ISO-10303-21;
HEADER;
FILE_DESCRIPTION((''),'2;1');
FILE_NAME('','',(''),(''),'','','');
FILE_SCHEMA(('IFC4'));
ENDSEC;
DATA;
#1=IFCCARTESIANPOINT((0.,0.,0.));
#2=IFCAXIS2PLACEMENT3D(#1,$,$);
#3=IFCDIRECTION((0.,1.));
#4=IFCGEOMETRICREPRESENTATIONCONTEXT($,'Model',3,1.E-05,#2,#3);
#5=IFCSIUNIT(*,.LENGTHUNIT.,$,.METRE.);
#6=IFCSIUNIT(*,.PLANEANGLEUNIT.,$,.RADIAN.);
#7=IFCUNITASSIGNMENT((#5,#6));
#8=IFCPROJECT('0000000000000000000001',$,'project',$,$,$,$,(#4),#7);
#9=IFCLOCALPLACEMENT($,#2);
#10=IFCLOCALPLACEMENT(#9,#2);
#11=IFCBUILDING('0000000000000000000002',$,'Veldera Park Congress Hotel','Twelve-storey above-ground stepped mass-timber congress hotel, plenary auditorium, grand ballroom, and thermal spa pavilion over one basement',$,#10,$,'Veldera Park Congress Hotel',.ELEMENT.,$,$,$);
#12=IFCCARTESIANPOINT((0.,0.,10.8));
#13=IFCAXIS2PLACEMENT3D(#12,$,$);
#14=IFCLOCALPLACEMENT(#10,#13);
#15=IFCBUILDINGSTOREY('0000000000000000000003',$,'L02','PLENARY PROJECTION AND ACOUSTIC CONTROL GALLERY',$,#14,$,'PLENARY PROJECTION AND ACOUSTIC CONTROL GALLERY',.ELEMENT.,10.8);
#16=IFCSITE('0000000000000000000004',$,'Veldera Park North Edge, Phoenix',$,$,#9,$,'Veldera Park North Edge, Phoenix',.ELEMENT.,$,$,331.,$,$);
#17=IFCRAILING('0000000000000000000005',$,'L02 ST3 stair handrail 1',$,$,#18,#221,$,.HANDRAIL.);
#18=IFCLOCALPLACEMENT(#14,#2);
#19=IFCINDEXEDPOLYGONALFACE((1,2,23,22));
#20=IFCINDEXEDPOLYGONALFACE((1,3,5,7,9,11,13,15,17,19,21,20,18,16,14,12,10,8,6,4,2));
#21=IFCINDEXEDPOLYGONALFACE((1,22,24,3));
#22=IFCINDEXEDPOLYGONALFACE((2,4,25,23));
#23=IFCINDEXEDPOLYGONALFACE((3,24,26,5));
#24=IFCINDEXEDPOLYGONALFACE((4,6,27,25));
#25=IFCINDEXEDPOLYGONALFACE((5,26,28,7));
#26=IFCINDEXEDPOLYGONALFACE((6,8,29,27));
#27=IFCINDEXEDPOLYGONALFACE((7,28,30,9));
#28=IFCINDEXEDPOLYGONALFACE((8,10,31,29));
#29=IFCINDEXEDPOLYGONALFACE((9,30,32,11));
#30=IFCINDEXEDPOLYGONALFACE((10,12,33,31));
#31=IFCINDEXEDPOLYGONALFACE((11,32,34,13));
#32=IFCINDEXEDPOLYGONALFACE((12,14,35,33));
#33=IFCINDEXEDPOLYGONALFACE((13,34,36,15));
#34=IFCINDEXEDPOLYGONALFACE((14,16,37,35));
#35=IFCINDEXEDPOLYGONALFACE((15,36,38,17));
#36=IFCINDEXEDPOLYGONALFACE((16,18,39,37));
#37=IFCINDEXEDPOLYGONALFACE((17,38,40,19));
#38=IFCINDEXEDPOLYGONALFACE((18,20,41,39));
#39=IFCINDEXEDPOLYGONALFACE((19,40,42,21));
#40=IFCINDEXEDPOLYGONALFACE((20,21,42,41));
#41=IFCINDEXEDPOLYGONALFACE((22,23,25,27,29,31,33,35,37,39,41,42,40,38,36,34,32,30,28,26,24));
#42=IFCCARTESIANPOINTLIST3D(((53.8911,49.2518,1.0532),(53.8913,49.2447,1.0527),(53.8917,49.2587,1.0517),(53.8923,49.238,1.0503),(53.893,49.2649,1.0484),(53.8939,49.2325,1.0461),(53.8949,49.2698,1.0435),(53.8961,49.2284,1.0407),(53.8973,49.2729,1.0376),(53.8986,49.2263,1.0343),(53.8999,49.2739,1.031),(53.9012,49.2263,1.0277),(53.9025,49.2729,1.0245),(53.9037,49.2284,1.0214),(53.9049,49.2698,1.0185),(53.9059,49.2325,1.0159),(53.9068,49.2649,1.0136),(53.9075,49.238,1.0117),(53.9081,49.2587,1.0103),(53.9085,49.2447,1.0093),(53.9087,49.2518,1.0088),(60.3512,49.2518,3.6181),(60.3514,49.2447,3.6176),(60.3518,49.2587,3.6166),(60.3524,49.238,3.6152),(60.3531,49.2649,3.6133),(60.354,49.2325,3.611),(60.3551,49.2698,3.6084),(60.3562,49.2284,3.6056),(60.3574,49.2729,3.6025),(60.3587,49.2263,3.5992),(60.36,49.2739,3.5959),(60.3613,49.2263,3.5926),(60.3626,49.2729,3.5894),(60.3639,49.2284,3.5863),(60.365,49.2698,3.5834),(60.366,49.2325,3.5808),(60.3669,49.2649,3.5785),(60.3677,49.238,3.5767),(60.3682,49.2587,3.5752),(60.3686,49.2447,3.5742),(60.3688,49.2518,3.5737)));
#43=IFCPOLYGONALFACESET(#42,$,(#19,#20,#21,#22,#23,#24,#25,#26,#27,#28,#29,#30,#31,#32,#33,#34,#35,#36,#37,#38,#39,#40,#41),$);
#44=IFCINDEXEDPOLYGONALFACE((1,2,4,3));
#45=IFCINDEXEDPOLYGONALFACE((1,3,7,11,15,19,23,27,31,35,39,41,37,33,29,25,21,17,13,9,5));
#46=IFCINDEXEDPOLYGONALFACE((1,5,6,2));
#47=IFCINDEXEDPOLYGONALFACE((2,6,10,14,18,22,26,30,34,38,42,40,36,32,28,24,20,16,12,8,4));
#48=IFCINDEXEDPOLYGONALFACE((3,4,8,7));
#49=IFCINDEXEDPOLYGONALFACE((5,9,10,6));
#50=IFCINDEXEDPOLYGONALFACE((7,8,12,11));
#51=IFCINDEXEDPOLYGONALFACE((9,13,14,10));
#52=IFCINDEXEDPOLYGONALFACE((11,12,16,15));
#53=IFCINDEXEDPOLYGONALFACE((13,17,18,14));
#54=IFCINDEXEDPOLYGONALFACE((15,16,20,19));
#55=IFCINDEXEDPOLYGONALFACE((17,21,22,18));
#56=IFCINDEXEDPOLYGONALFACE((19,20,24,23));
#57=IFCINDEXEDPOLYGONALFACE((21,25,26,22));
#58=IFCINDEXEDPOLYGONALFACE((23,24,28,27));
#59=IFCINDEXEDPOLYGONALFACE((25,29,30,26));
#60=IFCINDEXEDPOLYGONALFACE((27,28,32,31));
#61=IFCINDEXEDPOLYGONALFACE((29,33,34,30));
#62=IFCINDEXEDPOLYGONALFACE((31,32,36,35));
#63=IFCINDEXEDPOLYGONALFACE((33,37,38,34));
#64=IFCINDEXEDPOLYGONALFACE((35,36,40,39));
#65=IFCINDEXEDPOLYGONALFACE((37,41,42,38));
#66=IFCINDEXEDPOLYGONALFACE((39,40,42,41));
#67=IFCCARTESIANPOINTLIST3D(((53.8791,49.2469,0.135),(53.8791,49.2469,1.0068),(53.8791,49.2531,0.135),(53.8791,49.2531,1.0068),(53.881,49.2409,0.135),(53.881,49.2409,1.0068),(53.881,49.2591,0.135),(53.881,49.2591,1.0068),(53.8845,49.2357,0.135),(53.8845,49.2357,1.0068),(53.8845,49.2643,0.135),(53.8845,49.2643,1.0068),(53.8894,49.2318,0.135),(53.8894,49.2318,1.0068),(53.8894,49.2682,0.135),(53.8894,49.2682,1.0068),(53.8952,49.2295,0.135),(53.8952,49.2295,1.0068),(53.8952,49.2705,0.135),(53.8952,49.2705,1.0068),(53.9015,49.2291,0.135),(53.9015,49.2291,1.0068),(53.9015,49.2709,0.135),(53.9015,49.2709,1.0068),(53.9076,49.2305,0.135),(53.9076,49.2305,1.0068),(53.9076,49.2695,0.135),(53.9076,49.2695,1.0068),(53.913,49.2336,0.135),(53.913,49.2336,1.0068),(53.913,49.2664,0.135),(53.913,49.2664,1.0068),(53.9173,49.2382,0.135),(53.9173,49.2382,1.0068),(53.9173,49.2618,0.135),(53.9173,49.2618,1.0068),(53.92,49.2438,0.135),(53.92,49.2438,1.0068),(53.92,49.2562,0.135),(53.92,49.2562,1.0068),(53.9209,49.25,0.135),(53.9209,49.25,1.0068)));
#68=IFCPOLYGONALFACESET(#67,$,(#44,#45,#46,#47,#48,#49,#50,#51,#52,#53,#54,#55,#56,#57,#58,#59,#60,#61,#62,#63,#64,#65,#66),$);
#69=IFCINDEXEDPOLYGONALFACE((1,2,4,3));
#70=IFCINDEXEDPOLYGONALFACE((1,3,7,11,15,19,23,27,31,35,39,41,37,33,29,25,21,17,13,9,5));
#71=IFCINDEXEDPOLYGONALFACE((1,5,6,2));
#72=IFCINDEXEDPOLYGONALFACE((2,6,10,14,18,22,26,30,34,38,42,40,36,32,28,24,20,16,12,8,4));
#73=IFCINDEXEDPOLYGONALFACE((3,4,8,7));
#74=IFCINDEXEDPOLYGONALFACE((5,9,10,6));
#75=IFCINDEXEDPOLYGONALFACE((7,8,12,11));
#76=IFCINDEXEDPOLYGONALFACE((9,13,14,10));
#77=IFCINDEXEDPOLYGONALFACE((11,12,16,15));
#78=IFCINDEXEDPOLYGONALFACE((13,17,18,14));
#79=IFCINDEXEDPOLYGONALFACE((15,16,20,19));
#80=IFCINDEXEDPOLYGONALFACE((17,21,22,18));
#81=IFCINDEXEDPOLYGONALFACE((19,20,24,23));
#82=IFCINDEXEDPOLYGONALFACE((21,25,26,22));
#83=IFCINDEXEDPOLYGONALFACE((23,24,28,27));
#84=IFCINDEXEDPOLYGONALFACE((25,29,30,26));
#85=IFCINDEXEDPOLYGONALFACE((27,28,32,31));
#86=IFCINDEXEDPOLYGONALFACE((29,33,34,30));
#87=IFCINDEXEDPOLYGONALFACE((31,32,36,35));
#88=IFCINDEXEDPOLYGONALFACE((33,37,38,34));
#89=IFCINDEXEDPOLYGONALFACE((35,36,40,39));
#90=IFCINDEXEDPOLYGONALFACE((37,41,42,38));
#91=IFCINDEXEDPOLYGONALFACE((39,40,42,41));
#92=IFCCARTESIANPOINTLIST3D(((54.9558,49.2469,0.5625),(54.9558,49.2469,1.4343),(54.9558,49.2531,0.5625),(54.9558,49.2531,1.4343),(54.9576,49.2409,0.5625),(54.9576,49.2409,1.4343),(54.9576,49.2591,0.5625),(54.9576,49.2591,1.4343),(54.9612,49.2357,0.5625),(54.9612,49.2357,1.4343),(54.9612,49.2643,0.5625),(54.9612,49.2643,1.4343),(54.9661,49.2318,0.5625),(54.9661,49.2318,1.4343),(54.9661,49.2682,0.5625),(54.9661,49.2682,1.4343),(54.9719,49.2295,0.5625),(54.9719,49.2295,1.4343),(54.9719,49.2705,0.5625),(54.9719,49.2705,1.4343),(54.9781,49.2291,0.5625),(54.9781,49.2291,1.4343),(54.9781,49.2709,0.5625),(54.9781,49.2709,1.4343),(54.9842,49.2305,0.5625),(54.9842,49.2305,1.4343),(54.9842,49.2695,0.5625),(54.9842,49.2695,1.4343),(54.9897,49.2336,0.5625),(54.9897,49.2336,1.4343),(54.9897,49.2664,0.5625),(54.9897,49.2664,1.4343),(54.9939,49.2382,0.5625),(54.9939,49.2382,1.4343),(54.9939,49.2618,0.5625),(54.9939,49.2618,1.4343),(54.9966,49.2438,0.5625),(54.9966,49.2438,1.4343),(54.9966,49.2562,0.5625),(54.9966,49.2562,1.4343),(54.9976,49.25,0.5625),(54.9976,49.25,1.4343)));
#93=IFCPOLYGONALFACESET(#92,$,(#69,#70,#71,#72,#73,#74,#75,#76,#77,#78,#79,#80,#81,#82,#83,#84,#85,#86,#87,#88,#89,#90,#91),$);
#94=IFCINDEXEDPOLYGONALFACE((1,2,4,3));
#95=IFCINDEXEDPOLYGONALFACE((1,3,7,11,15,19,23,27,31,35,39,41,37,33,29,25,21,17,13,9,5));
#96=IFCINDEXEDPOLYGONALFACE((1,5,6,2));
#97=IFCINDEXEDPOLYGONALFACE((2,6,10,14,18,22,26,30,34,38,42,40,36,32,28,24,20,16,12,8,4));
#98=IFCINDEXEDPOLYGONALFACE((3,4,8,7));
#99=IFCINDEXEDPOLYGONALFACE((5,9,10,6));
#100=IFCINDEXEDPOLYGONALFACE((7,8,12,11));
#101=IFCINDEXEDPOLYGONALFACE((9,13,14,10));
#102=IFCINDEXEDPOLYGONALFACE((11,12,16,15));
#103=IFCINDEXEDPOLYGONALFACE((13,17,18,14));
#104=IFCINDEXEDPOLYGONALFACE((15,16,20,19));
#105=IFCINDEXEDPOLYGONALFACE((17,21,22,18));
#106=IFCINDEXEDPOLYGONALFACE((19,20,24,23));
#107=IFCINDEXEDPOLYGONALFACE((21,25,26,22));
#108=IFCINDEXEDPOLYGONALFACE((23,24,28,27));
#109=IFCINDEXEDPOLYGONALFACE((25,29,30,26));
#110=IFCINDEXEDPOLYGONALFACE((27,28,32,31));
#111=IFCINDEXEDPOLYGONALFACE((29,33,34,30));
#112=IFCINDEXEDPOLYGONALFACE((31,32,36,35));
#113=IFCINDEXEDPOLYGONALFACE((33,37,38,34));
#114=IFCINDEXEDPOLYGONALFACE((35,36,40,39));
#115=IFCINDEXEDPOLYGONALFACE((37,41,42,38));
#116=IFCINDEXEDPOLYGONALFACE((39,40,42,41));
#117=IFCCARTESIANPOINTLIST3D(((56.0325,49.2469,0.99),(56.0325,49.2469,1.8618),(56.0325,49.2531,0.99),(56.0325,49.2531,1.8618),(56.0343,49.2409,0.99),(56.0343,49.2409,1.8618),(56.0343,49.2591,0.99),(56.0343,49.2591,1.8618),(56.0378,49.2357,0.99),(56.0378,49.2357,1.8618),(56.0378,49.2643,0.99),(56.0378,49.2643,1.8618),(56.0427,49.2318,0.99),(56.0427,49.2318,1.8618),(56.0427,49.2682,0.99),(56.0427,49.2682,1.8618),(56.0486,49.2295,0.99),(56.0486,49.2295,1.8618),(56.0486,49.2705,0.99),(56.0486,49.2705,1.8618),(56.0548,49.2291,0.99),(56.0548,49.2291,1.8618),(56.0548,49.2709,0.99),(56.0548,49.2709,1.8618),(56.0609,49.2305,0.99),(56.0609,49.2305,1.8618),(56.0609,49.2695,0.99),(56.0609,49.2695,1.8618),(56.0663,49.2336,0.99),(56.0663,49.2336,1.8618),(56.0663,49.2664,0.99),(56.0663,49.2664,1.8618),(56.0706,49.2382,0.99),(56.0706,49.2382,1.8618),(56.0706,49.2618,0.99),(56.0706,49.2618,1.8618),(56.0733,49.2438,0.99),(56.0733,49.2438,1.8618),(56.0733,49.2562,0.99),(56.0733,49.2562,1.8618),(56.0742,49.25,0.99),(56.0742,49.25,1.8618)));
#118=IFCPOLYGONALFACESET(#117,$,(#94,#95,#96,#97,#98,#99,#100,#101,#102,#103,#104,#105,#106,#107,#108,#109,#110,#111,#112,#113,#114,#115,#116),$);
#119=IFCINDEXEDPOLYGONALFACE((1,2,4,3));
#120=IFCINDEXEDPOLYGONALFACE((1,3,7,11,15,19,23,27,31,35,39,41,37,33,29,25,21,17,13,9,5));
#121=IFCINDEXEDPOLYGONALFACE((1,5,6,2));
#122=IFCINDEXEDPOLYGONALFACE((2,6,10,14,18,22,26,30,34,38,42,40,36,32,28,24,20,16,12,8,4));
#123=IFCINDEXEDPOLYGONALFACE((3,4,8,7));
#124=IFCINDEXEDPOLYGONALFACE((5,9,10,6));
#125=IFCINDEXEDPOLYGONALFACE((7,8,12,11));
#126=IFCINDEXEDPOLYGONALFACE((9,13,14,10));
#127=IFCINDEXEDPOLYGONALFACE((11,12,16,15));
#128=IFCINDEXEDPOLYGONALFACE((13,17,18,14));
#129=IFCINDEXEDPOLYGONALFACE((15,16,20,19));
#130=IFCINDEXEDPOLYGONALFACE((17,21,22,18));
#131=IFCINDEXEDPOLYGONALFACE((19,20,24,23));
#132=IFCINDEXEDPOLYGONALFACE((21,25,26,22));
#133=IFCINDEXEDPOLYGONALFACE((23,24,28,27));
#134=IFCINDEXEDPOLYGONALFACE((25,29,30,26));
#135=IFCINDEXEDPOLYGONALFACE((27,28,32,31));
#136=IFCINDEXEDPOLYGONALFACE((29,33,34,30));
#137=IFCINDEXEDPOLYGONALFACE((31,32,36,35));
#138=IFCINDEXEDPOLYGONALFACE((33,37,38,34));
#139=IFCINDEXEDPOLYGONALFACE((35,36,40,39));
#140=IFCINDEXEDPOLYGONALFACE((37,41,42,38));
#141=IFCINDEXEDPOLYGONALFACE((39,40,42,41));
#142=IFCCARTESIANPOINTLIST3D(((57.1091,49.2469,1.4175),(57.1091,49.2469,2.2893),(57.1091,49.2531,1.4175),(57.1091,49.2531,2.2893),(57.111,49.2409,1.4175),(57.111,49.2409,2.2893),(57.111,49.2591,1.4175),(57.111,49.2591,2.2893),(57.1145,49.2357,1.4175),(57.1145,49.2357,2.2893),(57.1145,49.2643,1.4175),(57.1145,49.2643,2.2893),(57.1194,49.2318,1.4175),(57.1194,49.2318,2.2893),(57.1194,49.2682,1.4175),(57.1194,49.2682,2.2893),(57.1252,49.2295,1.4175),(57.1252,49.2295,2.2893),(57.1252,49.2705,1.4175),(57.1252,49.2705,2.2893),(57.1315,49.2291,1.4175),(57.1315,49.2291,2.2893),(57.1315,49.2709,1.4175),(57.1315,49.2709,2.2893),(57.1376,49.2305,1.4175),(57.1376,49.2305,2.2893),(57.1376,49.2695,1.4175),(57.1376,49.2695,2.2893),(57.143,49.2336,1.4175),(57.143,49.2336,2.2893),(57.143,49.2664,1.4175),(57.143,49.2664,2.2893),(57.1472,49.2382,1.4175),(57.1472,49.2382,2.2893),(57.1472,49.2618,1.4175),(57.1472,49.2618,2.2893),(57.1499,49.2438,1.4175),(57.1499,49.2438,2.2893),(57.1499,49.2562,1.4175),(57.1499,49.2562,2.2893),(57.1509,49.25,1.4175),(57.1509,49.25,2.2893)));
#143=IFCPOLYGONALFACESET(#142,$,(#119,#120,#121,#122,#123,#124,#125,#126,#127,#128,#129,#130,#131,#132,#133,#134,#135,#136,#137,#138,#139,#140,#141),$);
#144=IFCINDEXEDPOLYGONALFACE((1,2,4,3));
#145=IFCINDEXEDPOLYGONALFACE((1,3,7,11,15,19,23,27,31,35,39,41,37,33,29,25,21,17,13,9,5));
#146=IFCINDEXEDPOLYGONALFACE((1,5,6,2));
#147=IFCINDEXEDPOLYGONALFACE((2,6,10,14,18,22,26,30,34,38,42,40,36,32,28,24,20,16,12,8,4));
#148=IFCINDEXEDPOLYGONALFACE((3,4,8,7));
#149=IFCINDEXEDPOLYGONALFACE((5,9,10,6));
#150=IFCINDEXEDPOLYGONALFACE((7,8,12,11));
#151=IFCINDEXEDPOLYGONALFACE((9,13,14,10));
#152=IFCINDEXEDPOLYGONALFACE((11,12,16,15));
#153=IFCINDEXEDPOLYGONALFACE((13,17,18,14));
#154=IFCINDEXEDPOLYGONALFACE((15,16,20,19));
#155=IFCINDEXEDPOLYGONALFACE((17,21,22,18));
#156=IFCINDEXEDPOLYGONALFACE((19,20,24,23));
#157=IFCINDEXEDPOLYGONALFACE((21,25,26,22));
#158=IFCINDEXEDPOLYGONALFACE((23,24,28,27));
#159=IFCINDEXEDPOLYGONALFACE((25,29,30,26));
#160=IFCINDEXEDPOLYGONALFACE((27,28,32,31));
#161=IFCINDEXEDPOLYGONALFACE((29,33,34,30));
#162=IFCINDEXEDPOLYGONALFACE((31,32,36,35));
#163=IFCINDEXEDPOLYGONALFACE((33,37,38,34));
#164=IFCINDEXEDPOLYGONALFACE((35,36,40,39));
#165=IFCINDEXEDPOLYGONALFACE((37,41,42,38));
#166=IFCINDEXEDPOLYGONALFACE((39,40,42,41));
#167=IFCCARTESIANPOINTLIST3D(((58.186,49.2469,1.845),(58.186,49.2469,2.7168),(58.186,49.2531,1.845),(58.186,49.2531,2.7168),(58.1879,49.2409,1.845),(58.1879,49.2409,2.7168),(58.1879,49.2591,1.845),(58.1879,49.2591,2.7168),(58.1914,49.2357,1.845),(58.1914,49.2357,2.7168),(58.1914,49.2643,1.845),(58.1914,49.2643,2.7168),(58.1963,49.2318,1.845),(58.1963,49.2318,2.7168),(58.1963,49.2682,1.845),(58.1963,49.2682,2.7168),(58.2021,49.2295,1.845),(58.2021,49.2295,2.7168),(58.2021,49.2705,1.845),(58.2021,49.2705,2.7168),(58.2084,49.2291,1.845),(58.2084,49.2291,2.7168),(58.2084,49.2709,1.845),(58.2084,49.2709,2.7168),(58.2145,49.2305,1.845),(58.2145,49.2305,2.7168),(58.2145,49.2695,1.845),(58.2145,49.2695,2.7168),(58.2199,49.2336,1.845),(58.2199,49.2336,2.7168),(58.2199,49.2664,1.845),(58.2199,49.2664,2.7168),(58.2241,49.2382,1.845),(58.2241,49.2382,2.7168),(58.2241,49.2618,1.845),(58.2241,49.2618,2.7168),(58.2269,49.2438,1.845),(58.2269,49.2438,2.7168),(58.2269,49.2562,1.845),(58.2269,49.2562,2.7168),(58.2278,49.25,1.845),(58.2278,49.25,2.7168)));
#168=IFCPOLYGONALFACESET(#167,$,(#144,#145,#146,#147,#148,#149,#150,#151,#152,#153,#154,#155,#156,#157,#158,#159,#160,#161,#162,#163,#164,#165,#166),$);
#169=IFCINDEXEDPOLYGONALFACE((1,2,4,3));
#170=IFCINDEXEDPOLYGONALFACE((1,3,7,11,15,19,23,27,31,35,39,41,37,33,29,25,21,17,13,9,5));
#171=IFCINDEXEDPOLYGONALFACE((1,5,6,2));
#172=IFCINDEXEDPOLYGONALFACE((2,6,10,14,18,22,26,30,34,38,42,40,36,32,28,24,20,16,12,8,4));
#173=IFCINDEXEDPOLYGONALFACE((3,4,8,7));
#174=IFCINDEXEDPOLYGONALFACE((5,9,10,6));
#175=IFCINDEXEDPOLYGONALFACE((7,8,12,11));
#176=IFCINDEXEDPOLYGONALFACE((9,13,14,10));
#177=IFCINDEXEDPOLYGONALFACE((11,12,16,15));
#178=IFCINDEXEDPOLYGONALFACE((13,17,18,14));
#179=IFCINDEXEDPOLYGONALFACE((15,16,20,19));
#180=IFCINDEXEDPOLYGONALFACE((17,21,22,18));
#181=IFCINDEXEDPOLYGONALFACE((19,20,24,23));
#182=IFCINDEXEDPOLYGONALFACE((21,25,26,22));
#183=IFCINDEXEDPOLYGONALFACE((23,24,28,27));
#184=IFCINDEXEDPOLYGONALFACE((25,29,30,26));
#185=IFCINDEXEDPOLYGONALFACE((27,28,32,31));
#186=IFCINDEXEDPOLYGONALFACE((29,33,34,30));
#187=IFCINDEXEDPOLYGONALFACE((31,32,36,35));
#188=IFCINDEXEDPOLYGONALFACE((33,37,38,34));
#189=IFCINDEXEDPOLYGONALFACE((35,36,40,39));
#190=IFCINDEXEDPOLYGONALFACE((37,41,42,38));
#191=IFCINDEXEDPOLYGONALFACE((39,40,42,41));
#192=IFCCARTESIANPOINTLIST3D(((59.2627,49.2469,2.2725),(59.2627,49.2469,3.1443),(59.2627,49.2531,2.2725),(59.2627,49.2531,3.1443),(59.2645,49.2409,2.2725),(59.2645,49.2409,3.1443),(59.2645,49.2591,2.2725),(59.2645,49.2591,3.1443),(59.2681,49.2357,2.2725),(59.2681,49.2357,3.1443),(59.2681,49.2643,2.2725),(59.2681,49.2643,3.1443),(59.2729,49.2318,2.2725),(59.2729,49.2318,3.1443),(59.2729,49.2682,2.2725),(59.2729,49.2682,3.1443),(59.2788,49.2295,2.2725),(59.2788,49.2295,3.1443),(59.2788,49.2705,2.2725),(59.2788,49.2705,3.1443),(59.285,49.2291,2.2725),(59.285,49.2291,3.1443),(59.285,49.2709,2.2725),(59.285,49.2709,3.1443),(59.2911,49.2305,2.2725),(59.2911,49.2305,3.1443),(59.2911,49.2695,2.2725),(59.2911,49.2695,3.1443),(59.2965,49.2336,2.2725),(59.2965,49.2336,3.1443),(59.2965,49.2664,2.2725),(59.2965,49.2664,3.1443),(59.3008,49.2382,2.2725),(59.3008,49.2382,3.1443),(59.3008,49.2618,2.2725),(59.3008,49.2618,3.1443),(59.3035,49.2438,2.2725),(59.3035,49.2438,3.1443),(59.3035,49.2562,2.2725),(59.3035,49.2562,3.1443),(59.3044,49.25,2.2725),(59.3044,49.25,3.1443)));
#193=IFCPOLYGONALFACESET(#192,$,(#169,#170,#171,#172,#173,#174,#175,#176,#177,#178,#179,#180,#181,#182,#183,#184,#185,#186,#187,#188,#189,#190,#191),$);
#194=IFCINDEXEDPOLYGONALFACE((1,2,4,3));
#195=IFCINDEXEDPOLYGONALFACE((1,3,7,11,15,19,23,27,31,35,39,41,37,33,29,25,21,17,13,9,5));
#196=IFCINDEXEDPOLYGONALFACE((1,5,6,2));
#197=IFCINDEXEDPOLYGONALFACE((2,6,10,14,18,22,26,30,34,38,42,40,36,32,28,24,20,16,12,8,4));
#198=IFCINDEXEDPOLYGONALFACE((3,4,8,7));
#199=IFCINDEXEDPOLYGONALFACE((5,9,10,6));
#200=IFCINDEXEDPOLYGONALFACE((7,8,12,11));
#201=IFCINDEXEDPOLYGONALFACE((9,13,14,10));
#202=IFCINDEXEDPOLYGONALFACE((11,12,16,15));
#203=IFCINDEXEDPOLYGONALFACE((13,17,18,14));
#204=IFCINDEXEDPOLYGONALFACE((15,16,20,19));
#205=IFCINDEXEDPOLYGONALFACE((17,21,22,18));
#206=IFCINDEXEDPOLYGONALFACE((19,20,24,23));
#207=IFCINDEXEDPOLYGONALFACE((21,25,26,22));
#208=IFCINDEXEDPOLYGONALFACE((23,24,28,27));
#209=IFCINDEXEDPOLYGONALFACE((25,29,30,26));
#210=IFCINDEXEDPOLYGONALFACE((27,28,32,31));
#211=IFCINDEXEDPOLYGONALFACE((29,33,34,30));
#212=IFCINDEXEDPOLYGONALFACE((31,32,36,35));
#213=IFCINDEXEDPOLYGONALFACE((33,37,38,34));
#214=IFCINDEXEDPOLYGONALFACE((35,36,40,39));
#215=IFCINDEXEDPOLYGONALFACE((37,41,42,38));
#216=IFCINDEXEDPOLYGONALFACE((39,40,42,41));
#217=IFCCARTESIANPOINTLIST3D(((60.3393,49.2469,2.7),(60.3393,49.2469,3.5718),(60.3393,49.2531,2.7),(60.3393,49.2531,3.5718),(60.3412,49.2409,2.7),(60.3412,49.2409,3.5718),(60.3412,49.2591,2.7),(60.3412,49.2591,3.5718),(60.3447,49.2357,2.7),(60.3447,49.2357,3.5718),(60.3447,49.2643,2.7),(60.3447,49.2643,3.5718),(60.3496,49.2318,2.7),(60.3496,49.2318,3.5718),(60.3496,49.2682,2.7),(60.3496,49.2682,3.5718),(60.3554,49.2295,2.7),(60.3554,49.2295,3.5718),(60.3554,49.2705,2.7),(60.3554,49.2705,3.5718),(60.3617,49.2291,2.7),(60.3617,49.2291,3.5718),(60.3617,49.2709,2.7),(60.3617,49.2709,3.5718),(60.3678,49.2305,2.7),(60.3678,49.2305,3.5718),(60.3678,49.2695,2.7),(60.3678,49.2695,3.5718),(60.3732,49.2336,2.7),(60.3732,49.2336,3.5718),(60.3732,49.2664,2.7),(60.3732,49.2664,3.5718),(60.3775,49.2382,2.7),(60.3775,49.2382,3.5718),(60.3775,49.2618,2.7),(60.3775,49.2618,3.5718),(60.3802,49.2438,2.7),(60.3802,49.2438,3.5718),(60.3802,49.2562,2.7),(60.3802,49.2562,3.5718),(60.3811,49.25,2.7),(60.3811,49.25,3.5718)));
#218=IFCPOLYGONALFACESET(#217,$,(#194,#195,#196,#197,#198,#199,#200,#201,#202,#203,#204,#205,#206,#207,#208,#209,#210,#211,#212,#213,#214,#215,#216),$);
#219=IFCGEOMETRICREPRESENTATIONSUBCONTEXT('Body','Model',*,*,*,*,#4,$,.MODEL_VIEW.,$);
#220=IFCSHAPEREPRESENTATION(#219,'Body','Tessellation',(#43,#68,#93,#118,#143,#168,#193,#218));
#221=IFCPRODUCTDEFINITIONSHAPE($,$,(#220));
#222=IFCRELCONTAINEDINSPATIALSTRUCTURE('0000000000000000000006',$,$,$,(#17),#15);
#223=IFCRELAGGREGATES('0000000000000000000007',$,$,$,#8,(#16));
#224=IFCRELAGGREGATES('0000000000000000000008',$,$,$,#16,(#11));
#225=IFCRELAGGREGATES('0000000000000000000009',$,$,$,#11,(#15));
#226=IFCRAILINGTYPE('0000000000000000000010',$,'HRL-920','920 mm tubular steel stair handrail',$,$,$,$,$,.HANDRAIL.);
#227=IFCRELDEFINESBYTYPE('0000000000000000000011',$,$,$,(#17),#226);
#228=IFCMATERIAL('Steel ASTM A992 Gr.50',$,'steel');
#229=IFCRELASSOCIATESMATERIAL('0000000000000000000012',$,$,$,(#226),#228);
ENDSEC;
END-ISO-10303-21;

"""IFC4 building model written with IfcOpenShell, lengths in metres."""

from ifc_helpers import new_model, si_unit, direction, frame, origin, origin_2d, place, context, subcontext, project, spatial, circle, extrude, material, type_object, element, save


model = new_model("IFC4")

# Units and contexts
model_context = context("Model", 3, precision=1e-05, world=origin(), true_north=direction((0.0, 1.0)))
body_context = subcontext(model_context, "Body", "Model", "MODEL_VIEW")
ifc_project = project(units=[si_unit("LENGTHUNIT", "METRE"), si_unit("PLANEANGLEUNIT", "RADIAN")], contexts=[model_context])

# Site, building, storey
site_placement = place(None, origin())
site = spatial("IfcSite", under=ifc_project, at=site_placement, Name="Veldera Park North Edge, Phoenix", LongName="Veldera Park North Edge, Phoenix", CompositionType="ELEMENT", RefElevation=331.0)
building_placement = place(site_placement, origin())
building = spatial("IfcBuilding", under=site, at=building_placement, Name="Veldera Park Congress Hotel", Description="Twelve-storey above-ground stepped mass-timber congress hotel, plenary auditorium, grand ballroom, and thermal spa pavilion over one basement", LongName="Veldera Park Congress Hotel", CompositionType="ELEMENT")
storey_placement = place(building_placement, frame((0.0, 0.0, 10.8)))
storey = spatial("IfcBuildingStorey", under=building, at=storey_placement, Name="L02", Description="PLENARY PROJECTION AND ACOUSTIC CONTROL GALLERY", LongName="PLENARY PROJECTION AND ACOUSTIC CONTROL GALLERY", CompositionType="ELEMENT", Elevation=10.8)

# Shared definitions
ifc_material_1 = material(Name="Steel ASTM A992 Gr.50", Category="steel")

# Railing
railing_type_1 = type_object("IfcRailingType", Name="HRL-920", Description="920 mm tubular steel stair handrail", PredefinedType="HANDRAIL", material=ifc_material_1)
railing_1_placement = place(storey_placement, frame((53.8999, 49.25, 0.135)))
element("IfcRailing", 1, at=railing_1_placement, inside=storey, type_object=railing_type_1, Name="L02 ST3 stair handrail 1", PredefinedType="HANDRAIL", context=body_context, shape_type="SweptSolid", body=[
    extrude(circle(Radius=0.0239, at=origin_2d()), frame((0.0, 0.0, 0.896), z_axis=(0.929423, 0.0, 0.369016), x_axis=(0.0, 1.0, 0.0)), (0.0, 0.0, 1.0), 6.9507),
    extrude(circle(Radius=0.021, at=origin_2d()), origin(), (0.0, 0.0, 1.0), 0.8718),
    extrude(circle(Radius=0.021, at=origin_2d()), frame((1.0767, 0.0, 0.4275)), (0.0, 0.0, 1.0), 0.8718),
    extrude(circle(Radius=0.021, at=origin_2d()), frame((2.1533, 0.0, 0.855)), (0.0, 0.0, 1.0), 0.8718),
    extrude(circle(Radius=0.021, at=origin_2d()), frame((3.23, 0.0, 1.2825)), (0.0, 0.0, 1.0), 0.8718),
    extrude(circle(Radius=0.021, at=origin_2d()), frame((4.3069, 0.0, 1.71)), (0.0, 0.0, 1.0), 0.8718),
    extrude(circle(Radius=0.021, at=origin_2d()), frame((5.3835, 0.0, 2.1375)), (0.0, 0.0, 1.0), 0.8718),
    extrude(circle(Radius=0.021, at=origin_2d()), frame((6.4602, 0.0, 2.5649)), (0.0, 0.0, 1.0), 0.8718),
])

save(model, "model.ifc")
